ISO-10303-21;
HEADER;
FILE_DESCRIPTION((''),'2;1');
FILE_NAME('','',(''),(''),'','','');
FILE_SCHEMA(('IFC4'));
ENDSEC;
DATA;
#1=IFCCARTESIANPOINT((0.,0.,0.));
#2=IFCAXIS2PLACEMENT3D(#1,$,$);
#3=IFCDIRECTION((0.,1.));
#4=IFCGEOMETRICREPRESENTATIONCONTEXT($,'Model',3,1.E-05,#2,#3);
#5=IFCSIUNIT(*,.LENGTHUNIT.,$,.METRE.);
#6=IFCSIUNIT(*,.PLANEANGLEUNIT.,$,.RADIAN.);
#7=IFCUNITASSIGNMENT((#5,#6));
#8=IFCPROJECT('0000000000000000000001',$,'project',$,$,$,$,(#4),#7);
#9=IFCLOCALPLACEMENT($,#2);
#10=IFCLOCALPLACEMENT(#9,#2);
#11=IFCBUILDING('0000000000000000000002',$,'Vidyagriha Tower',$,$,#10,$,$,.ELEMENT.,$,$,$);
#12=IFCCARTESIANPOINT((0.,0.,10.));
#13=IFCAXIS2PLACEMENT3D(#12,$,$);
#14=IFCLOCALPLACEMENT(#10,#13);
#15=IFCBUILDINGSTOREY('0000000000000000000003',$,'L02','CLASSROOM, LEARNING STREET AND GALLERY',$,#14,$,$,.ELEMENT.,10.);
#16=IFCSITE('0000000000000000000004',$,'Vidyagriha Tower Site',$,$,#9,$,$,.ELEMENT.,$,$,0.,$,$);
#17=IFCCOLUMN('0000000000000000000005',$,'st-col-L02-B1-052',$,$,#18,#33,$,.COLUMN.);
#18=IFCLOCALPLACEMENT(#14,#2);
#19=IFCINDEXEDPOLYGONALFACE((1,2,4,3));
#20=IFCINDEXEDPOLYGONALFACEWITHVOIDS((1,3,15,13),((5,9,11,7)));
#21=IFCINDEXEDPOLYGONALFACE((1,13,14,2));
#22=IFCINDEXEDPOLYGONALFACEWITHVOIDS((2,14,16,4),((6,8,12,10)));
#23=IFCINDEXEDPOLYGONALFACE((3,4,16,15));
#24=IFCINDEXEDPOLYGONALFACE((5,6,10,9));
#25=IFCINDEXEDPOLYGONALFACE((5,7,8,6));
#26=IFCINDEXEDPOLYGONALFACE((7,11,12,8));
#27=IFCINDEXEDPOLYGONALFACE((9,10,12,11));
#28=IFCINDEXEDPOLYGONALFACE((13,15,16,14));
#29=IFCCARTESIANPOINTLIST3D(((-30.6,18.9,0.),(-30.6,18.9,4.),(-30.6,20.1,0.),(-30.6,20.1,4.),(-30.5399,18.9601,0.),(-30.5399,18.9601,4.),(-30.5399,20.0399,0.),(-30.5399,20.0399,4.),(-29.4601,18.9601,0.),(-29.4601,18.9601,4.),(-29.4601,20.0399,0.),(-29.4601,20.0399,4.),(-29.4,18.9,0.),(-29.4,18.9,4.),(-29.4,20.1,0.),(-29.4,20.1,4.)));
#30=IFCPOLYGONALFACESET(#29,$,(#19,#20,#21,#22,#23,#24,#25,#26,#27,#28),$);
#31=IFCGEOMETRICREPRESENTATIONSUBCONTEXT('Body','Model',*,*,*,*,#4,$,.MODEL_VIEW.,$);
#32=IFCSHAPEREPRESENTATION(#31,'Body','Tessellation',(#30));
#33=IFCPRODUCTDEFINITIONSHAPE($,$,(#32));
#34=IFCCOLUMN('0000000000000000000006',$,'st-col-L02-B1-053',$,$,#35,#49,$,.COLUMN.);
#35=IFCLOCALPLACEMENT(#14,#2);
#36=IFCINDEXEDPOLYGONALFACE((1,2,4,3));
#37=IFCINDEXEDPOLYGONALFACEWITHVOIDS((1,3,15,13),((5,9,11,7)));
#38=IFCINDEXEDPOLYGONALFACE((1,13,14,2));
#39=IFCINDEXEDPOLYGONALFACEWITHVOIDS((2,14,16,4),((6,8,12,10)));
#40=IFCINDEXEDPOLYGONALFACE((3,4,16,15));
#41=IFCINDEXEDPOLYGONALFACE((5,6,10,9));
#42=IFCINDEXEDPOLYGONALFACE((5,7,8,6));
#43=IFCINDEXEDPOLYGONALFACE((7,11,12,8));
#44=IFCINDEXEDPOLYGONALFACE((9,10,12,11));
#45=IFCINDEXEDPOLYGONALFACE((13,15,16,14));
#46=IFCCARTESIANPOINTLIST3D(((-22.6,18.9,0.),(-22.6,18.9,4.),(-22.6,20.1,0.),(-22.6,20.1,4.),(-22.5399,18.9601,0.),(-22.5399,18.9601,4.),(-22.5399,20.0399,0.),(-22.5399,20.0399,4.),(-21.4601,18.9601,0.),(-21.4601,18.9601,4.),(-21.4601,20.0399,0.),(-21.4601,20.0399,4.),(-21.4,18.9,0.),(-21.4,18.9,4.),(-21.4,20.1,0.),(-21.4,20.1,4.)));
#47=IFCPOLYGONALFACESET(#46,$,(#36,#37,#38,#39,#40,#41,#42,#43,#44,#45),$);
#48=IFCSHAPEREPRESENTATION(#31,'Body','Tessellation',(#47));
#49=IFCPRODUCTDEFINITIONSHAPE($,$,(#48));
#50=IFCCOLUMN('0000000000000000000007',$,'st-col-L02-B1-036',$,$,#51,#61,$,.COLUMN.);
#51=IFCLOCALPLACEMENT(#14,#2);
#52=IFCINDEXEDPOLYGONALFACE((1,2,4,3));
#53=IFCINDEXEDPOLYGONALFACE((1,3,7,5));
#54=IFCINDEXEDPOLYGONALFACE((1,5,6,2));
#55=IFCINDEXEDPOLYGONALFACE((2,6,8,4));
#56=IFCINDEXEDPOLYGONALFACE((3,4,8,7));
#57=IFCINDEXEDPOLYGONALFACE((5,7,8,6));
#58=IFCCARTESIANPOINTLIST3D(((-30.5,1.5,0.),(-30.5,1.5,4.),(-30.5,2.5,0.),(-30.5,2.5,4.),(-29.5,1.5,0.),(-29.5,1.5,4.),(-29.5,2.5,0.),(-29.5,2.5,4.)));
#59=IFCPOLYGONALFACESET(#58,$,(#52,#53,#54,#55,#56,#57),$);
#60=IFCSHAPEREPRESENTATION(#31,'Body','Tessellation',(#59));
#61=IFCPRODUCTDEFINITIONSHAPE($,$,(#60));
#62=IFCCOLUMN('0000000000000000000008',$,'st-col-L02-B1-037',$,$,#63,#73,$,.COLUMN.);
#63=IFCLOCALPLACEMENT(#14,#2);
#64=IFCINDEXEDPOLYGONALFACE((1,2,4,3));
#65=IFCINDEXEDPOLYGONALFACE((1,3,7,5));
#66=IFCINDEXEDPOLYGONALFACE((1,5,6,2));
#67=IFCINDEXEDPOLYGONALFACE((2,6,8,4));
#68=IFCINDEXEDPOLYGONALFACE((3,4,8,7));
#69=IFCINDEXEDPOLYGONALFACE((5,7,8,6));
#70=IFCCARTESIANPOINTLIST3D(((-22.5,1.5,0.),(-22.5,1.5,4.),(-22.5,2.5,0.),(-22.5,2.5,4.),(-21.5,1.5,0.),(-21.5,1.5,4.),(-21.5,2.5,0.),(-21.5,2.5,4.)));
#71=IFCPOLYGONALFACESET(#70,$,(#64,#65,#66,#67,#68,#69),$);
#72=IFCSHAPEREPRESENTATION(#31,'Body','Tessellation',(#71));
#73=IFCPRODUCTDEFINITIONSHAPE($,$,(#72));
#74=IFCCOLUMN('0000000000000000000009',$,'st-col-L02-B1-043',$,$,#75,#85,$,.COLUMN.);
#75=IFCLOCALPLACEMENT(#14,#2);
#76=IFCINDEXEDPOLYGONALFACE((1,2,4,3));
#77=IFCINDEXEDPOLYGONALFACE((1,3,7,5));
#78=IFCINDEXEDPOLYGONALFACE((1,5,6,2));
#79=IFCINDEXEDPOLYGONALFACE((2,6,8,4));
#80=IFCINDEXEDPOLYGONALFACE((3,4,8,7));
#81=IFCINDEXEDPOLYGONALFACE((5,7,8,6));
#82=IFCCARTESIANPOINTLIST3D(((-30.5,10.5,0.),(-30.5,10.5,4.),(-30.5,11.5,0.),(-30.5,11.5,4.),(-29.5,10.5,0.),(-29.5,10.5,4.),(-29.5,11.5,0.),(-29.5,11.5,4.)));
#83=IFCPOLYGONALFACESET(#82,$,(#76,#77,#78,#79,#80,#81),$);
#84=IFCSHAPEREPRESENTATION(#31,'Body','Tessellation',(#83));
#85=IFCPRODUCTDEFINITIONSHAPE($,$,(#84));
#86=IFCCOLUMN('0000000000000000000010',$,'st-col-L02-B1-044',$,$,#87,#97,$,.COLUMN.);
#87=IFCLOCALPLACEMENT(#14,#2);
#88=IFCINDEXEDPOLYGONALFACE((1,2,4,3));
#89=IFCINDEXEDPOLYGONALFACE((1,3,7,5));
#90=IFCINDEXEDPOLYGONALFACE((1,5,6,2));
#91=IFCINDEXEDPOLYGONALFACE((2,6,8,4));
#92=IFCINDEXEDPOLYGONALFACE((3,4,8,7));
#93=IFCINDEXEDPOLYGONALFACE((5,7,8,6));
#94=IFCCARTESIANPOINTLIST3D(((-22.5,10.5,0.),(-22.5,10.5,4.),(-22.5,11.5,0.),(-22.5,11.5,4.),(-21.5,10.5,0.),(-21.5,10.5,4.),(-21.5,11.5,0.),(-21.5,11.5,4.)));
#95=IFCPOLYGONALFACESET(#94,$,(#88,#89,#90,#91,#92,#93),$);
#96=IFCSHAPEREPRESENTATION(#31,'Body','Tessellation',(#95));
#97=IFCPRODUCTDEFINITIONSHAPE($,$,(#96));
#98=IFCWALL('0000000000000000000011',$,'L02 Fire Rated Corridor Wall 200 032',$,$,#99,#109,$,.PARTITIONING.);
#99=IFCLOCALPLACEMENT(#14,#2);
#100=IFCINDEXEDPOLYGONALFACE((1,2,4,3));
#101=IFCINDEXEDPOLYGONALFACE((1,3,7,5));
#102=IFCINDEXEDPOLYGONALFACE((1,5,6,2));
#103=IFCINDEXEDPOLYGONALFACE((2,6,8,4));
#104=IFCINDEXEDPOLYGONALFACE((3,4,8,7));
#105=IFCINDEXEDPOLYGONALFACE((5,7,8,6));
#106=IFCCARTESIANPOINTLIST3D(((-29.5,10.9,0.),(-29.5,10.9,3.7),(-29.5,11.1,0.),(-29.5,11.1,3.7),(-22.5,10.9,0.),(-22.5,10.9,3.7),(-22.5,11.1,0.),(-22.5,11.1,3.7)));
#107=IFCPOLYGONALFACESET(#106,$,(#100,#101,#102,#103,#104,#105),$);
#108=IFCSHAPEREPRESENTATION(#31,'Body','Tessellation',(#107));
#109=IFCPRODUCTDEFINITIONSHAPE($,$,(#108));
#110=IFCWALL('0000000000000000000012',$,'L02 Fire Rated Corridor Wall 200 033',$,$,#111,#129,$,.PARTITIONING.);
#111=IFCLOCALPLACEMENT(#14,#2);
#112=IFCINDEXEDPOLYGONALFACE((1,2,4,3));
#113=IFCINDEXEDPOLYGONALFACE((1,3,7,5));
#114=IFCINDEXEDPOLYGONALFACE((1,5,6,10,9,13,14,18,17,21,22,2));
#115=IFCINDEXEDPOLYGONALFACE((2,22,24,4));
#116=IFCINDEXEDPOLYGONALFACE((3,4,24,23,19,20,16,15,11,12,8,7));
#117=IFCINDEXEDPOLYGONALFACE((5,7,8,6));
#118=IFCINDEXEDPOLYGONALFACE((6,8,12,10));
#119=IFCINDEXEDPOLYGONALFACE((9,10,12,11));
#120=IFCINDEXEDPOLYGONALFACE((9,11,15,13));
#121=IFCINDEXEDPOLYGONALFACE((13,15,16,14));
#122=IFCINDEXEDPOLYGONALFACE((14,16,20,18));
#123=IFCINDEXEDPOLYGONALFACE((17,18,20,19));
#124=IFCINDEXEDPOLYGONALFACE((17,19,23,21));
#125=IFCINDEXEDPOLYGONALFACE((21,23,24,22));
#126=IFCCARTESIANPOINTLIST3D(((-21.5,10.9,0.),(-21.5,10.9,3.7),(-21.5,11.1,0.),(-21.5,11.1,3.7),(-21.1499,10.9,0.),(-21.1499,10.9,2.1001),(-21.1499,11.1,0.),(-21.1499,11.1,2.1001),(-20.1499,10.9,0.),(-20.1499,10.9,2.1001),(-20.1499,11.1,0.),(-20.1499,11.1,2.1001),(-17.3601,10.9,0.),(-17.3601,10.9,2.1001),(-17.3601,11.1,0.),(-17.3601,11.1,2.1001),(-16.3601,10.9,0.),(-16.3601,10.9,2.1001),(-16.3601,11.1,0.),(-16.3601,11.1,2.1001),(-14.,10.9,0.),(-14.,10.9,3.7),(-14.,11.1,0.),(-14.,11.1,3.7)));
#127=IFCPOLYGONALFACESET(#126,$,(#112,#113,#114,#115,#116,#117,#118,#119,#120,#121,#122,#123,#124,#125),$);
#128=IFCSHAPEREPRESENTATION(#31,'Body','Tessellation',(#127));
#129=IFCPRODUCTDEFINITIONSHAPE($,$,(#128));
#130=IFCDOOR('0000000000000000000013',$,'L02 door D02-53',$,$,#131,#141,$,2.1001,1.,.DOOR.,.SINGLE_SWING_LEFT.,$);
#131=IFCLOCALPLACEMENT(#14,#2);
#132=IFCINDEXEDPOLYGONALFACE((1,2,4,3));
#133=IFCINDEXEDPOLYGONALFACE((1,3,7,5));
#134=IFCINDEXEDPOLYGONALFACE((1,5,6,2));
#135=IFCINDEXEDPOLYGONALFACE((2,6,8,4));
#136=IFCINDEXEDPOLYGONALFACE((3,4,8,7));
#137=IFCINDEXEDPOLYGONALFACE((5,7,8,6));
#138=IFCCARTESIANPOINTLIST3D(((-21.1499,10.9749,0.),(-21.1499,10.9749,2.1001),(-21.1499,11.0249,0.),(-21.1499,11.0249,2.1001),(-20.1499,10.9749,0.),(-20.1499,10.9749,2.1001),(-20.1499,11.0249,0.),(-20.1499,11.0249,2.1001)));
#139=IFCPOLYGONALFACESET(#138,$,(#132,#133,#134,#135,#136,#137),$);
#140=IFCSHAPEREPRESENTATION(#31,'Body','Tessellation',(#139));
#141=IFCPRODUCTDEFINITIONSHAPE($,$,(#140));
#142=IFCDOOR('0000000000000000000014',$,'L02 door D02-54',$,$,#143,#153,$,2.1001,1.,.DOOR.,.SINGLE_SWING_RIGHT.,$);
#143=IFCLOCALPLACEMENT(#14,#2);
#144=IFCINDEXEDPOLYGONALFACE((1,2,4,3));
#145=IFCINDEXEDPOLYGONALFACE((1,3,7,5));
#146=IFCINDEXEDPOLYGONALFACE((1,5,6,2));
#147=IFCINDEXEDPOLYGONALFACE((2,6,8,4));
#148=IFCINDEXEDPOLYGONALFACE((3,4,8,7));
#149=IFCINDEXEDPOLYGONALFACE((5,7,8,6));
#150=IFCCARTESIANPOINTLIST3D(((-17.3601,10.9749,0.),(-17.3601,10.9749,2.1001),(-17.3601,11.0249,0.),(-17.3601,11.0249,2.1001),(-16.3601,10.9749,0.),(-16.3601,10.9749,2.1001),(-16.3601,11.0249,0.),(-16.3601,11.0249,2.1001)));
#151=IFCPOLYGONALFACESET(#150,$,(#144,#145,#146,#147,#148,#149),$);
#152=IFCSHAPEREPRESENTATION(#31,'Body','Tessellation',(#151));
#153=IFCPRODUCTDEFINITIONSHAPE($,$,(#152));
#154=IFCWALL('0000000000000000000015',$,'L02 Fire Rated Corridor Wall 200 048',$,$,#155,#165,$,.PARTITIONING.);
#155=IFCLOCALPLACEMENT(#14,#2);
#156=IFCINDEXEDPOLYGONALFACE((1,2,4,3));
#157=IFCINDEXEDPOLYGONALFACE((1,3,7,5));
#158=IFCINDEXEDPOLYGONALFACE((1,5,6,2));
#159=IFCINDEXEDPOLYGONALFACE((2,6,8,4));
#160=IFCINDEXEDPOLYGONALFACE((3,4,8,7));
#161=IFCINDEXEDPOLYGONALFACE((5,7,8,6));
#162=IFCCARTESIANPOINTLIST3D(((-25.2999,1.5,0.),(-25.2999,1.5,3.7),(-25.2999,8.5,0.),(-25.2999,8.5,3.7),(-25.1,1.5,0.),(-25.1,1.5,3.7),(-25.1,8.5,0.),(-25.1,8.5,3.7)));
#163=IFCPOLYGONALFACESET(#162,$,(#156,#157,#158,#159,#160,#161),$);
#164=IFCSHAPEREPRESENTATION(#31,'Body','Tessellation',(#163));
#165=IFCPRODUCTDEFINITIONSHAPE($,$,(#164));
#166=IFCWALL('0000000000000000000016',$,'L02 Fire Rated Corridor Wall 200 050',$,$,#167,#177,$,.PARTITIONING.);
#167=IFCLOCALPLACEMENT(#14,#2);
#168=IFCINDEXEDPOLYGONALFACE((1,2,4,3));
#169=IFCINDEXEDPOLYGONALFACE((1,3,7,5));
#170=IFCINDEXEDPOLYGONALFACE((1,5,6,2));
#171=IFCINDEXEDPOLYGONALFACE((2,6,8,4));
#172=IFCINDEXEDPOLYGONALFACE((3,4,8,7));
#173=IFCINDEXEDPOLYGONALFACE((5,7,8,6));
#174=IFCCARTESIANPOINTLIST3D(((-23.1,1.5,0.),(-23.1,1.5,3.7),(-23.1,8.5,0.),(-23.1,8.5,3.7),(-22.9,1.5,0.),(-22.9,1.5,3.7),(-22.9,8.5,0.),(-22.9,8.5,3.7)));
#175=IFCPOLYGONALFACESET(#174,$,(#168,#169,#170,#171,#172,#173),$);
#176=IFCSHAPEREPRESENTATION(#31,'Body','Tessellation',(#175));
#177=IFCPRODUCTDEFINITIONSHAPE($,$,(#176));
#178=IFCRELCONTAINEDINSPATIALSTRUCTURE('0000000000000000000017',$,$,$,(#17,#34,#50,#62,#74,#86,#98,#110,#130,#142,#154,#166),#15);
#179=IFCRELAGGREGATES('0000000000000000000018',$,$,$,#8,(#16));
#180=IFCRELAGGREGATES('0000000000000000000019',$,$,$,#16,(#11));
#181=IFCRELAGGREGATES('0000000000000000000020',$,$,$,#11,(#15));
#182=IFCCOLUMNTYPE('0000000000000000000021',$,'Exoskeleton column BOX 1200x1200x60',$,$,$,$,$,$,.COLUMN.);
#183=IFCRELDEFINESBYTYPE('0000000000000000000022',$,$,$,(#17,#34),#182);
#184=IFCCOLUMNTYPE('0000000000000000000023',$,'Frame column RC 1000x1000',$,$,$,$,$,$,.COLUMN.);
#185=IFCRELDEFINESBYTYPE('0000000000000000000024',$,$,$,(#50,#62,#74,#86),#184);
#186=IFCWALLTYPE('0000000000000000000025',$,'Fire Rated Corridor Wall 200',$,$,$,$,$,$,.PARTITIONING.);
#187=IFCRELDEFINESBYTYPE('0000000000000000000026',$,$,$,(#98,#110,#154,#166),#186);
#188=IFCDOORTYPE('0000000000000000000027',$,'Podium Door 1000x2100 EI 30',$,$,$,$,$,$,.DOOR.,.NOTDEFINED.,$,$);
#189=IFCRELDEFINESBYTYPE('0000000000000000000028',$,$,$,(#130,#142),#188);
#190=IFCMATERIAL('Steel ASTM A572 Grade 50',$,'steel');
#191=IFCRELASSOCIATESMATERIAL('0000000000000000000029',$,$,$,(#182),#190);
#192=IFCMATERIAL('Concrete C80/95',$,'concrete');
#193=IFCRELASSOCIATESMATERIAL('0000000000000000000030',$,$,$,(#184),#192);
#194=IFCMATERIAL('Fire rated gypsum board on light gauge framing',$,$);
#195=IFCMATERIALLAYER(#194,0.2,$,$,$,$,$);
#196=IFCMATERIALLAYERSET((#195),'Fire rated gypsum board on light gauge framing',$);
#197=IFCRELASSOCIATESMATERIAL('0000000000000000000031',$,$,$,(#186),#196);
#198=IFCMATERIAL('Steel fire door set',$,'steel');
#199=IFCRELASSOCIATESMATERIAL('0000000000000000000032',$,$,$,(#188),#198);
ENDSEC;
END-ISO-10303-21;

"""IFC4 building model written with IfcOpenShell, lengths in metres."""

from ifc_helpers import new_model, si_unit, direction, frame, frame_2d, origin, origin_2d, place, context, subcontext, project, spatial, rectangle, hollow_rectangle, extrude, material, layer, layer_set, material_profile, profile_set, type_object, element, fill, save


model = new_model("IFC4")

# Units and contexts
model_context = context("Model", 3, precision=1e-05, world=origin(), true_north=direction((0.0, 1.0)))
body_context = subcontext(model_context, "Body", "Model", "MODEL_VIEW")
ifc_project = project(units=[si_unit("LENGTHUNIT", "METRE"), si_unit("PLANEANGLEUNIT", "RADIAN")], contexts=[model_context])

# Site, building, storey
site_placement = place(None, origin())
site = spatial("IfcSite", under=ifc_project, at=site_placement, Name="Vidyagriha Tower Site", CompositionType="ELEMENT", RefElevation=0.0)
building_placement = place(site_placement, origin())
building = spatial("IfcBuilding", under=site, at=building_placement, Name="Vidyagriha Tower", CompositionType="ELEMENT")
storey_placement = place(building_placement, frame((0.0, 0.0, 10.0)))
storey = spatial("IfcBuildingStorey", under=building, at=storey_placement, Name="L02", Description="CLASSROOM, LEARNING STREET AND GALLERY", CompositionType="ELEMENT", Elevation=10.0)

# Columns
ifc_material_1 = material(Name="Steel ASTM A572 Grade 50", Category="steel")
ifc_material_profile_1 = material_profile(ifc_material_1, hollow_rectangle(XDim=1.2, YDim=1.2, WallThickness=0.0601, at=origin_2d()), Name="BOX 1200x1200x60")
ifc_profile_set_1 = profile_set([ifc_material_profile_1], Name="Steel ASTM A572 Grade 50")
column_type_1 = type_object("IfcColumnType", Name="Exoskeleton column BOX 1200x1200x60", PredefinedType="COLUMN", material=ifc_profile_set_1)
for number, where, name in (
    (1, (-30.0, 19.5, 0.0), "st-col-L02-B1-052"),
    (2, (-22.0, 19.5, 0.0), "st-col-L02-B1-053"),
):
    element("IfcColumn", number, at=place(storey_placement, frame(where)), inside=storey, type_object=column_type_1, Name=name, PredefinedType="COLUMN", context=body_context, shape_type="SweptSolid", body=[
        extrude(hollow_rectangle(XDim=1.2, YDim=1.2, WallThickness=0.0601, at=origin_2d()), origin(), (0.0, 0.0, 1.0), 4.0),
    ])
ifc_material_2 = material(Name="Concrete C80/95", Category="concrete")
ifc_material_profile_2 = material_profile(ifc_material_2, rectangle(XDim=1.0, YDim=1.0, at=origin_2d()), Name="RC 1000x1000")
ifc_profile_set_2 = profile_set([ifc_material_profile_2], Name="Concrete C80/95")
column_type_2 = type_object("IfcColumnType", Name="Frame column RC 1000x1000", PredefinedType="COLUMN", material=ifc_profile_set_2)
for number, where, name in (
    (3, (-30.0, 2.0, 0.0), "st-col-L02-B1-036"),
    (4, (-22.0, 2.0, 0.0), "st-col-L02-B1-037"),
    (5, (-30.0, 11.0, 0.0), "st-col-L02-B1-043"),
    (6, (-22.0, 11.0, 0.0), "st-col-L02-B1-044"),
):
    element("IfcColumn", number, at=place(storey_placement, frame(where)), inside=storey, type_object=column_type_2, Name=name, PredefinedType="COLUMN", context=body_context, shape_type="SweptSolid", body=[
        extrude(rectangle(XDim=1.0, YDim=1.0, at=origin_2d()), origin(), (0.0, 0.0, 1.0), 4.0),
    ])

# Wall
ifc_material_3 = material(Name="Fire rated gypsum board on light gauge framing")
ifc_layer_1 = layer(ifc_material_3, 0.2)
ifc_layer_set_1 = layer_set([ifc_layer_1], Name="Fire rated gypsum board on light gauge framing")
wall_type_1 = type_object("IfcWallType", Name="Fire Rated Corridor Wall 200", PredefinedType="PARTITIONING", material=ifc_layer_set_1)
wall_1_placement = place(storey_placement, frame((-29.5, 11.0, 0.0)))
element("IfcWall", 7, at=wall_1_placement, inside=storey, type_object=wall_type_1, Name="L02 Fire Rated Corridor Wall 200 032", PredefinedType="PARTITIONING", context=body_context, shape_type="SweptSolid", body=[
    extrude(rectangle(XDim=7.0, YDim=0.2, at=frame_2d((3.5, 0.0))), origin(), (0.0, 0.0, 1.0), 3.7),
])

# Wall, openings, doors
wall_2_placement = place(storey_placement, frame((-21.5, 11.0, 0.0)))
wall_2 = element("IfcWall", 8, at=wall_2_placement, inside=storey, type_object=wall_type_1, Name="L02 Fire Rated Corridor Wall 200 033", PredefinedType="PARTITIONING", context=body_context, shape_type="SweptSolid", body=[
    extrude(rectangle(XDim=7.5, YDim=0.2, at=frame_2d((3.75, 0.0))), origin(), (0.0, 0.0, 1.0), 3.7),
])
opening_1_placement = place(wall_2_placement, frame((0.3501, 0.0, 0.0)))
opening_1 = element("IfcOpeningElement", 9, at=opening_1_placement, cuts=wall_2, PredefinedType="OPENING", context=body_context, shape_type="SweptSolid", body=[
    extrude(rectangle(XDim=1.0, YDim=2.1001, at=frame_2d((0.5, 1.05))), frame((0.0, 0.1099, 0.0), z_axis=(0.0, -1.0, 0.0), x_axis=(1.0, 0.0, 0.0)), (0.0, 0.0, 1.0), 0.22),
])
opening_2_placement = place(wall_2_placement, frame((4.1399, 0.0, 0.0)))
opening_2 = element("IfcOpeningElement", 10, at=opening_2_placement, cuts=wall_2, PredefinedType="OPENING", context=body_context, shape_type="SweptSolid", body=[
    extrude(rectangle(XDim=1.0, YDim=2.1001, at=frame_2d((0.5, 1.05))), frame((0.0, 0.1099, 0.0), z_axis=(0.0, -1.0, 0.0), x_axis=(1.0, 0.0, 0.0)), (0.0, 0.0, 1.0), 0.22),
])
ifc_material_4 = material(Name="Steel fire door set", Category="steel")
door_type_1 = type_object("IfcDoorType", Name="Podium Door 1000x2100 EI 30", OperationType="NOTDEFINED", PredefinedType="DOOR", material=ifc_material_4)
door_1_placement = place(opening_1_placement, origin())
door_1 = element("IfcDoor", 11, at=door_1_placement, inside=storey, type_object=door_type_1, Name="L02 door D02-53", OperationType="SINGLE_SWING_LEFT", OverallHeight=2.1001, OverallWidth=1.0, PredefinedType="DOOR", context=body_context, shape_type="SweptSolid", body=[
    extrude(rectangle(XDim=1.0, YDim=2.1001, at=frame_2d((0.5, 1.05))), frame((0.0, 0.0249, 0.0), z_axis=(0.0, -1.0, 0.0), x_axis=(1.0, 0.0, 0.0)), (0.0, 0.0, 1.0), 0.05),
])
fill(opening_1, door_1)
door_2_placement = place(opening_2_placement, origin())
door_2 = element("IfcDoor", 12, at=door_2_placement, inside=storey, type_object=door_type_1, Name="L02 door D02-54", OperationType="SINGLE_SWING_RIGHT", OverallHeight=2.1001, OverallWidth=1.0, PredefinedType="DOOR", context=body_context, shape_type="SweptSolid", body=[
    extrude(rectangle(XDim=1.0, YDim=2.1001, at=frame_2d((0.5, 1.05))), frame((0.0, 0.0249, 0.0), z_axis=(0.0, -1.0, 0.0), x_axis=(1.0, 0.0, 0.0)), (0.0, 0.0, 1.0), 0.05),
])
fill(opening_2, door_2)

# Walls
for number, where, z_axis, x_axis, name in (
    (13, (-25.2, 1.5, 0.0), (0.0, 0.0, 1.0), (0.0, 1.0, 0.0), "L02 Fire Rated Corridor Wall 200 048"),
    (14, (-23.0, 1.5, 0.0), (0.0, 0.0, 1.0), (0.0, 1.0, 0.0), "L02 Fire Rated Corridor Wall 200 050"),
):
    element("IfcWall", number, at=place(storey_placement, frame(where, z_axis=z_axis, x_axis=x_axis)), inside=storey, type_object=wall_type_1, Name=name, PredefinedType="PARTITIONING", context=body_context, shape_type="SweptSolid", body=[
        extrude(rectangle(XDim=7.0, YDim=0.2, at=frame_2d((3.5, 0.0))), origin(), (0.0, 0.0, 1.0), 3.7),
    ])

save(model, "model.ifc")
